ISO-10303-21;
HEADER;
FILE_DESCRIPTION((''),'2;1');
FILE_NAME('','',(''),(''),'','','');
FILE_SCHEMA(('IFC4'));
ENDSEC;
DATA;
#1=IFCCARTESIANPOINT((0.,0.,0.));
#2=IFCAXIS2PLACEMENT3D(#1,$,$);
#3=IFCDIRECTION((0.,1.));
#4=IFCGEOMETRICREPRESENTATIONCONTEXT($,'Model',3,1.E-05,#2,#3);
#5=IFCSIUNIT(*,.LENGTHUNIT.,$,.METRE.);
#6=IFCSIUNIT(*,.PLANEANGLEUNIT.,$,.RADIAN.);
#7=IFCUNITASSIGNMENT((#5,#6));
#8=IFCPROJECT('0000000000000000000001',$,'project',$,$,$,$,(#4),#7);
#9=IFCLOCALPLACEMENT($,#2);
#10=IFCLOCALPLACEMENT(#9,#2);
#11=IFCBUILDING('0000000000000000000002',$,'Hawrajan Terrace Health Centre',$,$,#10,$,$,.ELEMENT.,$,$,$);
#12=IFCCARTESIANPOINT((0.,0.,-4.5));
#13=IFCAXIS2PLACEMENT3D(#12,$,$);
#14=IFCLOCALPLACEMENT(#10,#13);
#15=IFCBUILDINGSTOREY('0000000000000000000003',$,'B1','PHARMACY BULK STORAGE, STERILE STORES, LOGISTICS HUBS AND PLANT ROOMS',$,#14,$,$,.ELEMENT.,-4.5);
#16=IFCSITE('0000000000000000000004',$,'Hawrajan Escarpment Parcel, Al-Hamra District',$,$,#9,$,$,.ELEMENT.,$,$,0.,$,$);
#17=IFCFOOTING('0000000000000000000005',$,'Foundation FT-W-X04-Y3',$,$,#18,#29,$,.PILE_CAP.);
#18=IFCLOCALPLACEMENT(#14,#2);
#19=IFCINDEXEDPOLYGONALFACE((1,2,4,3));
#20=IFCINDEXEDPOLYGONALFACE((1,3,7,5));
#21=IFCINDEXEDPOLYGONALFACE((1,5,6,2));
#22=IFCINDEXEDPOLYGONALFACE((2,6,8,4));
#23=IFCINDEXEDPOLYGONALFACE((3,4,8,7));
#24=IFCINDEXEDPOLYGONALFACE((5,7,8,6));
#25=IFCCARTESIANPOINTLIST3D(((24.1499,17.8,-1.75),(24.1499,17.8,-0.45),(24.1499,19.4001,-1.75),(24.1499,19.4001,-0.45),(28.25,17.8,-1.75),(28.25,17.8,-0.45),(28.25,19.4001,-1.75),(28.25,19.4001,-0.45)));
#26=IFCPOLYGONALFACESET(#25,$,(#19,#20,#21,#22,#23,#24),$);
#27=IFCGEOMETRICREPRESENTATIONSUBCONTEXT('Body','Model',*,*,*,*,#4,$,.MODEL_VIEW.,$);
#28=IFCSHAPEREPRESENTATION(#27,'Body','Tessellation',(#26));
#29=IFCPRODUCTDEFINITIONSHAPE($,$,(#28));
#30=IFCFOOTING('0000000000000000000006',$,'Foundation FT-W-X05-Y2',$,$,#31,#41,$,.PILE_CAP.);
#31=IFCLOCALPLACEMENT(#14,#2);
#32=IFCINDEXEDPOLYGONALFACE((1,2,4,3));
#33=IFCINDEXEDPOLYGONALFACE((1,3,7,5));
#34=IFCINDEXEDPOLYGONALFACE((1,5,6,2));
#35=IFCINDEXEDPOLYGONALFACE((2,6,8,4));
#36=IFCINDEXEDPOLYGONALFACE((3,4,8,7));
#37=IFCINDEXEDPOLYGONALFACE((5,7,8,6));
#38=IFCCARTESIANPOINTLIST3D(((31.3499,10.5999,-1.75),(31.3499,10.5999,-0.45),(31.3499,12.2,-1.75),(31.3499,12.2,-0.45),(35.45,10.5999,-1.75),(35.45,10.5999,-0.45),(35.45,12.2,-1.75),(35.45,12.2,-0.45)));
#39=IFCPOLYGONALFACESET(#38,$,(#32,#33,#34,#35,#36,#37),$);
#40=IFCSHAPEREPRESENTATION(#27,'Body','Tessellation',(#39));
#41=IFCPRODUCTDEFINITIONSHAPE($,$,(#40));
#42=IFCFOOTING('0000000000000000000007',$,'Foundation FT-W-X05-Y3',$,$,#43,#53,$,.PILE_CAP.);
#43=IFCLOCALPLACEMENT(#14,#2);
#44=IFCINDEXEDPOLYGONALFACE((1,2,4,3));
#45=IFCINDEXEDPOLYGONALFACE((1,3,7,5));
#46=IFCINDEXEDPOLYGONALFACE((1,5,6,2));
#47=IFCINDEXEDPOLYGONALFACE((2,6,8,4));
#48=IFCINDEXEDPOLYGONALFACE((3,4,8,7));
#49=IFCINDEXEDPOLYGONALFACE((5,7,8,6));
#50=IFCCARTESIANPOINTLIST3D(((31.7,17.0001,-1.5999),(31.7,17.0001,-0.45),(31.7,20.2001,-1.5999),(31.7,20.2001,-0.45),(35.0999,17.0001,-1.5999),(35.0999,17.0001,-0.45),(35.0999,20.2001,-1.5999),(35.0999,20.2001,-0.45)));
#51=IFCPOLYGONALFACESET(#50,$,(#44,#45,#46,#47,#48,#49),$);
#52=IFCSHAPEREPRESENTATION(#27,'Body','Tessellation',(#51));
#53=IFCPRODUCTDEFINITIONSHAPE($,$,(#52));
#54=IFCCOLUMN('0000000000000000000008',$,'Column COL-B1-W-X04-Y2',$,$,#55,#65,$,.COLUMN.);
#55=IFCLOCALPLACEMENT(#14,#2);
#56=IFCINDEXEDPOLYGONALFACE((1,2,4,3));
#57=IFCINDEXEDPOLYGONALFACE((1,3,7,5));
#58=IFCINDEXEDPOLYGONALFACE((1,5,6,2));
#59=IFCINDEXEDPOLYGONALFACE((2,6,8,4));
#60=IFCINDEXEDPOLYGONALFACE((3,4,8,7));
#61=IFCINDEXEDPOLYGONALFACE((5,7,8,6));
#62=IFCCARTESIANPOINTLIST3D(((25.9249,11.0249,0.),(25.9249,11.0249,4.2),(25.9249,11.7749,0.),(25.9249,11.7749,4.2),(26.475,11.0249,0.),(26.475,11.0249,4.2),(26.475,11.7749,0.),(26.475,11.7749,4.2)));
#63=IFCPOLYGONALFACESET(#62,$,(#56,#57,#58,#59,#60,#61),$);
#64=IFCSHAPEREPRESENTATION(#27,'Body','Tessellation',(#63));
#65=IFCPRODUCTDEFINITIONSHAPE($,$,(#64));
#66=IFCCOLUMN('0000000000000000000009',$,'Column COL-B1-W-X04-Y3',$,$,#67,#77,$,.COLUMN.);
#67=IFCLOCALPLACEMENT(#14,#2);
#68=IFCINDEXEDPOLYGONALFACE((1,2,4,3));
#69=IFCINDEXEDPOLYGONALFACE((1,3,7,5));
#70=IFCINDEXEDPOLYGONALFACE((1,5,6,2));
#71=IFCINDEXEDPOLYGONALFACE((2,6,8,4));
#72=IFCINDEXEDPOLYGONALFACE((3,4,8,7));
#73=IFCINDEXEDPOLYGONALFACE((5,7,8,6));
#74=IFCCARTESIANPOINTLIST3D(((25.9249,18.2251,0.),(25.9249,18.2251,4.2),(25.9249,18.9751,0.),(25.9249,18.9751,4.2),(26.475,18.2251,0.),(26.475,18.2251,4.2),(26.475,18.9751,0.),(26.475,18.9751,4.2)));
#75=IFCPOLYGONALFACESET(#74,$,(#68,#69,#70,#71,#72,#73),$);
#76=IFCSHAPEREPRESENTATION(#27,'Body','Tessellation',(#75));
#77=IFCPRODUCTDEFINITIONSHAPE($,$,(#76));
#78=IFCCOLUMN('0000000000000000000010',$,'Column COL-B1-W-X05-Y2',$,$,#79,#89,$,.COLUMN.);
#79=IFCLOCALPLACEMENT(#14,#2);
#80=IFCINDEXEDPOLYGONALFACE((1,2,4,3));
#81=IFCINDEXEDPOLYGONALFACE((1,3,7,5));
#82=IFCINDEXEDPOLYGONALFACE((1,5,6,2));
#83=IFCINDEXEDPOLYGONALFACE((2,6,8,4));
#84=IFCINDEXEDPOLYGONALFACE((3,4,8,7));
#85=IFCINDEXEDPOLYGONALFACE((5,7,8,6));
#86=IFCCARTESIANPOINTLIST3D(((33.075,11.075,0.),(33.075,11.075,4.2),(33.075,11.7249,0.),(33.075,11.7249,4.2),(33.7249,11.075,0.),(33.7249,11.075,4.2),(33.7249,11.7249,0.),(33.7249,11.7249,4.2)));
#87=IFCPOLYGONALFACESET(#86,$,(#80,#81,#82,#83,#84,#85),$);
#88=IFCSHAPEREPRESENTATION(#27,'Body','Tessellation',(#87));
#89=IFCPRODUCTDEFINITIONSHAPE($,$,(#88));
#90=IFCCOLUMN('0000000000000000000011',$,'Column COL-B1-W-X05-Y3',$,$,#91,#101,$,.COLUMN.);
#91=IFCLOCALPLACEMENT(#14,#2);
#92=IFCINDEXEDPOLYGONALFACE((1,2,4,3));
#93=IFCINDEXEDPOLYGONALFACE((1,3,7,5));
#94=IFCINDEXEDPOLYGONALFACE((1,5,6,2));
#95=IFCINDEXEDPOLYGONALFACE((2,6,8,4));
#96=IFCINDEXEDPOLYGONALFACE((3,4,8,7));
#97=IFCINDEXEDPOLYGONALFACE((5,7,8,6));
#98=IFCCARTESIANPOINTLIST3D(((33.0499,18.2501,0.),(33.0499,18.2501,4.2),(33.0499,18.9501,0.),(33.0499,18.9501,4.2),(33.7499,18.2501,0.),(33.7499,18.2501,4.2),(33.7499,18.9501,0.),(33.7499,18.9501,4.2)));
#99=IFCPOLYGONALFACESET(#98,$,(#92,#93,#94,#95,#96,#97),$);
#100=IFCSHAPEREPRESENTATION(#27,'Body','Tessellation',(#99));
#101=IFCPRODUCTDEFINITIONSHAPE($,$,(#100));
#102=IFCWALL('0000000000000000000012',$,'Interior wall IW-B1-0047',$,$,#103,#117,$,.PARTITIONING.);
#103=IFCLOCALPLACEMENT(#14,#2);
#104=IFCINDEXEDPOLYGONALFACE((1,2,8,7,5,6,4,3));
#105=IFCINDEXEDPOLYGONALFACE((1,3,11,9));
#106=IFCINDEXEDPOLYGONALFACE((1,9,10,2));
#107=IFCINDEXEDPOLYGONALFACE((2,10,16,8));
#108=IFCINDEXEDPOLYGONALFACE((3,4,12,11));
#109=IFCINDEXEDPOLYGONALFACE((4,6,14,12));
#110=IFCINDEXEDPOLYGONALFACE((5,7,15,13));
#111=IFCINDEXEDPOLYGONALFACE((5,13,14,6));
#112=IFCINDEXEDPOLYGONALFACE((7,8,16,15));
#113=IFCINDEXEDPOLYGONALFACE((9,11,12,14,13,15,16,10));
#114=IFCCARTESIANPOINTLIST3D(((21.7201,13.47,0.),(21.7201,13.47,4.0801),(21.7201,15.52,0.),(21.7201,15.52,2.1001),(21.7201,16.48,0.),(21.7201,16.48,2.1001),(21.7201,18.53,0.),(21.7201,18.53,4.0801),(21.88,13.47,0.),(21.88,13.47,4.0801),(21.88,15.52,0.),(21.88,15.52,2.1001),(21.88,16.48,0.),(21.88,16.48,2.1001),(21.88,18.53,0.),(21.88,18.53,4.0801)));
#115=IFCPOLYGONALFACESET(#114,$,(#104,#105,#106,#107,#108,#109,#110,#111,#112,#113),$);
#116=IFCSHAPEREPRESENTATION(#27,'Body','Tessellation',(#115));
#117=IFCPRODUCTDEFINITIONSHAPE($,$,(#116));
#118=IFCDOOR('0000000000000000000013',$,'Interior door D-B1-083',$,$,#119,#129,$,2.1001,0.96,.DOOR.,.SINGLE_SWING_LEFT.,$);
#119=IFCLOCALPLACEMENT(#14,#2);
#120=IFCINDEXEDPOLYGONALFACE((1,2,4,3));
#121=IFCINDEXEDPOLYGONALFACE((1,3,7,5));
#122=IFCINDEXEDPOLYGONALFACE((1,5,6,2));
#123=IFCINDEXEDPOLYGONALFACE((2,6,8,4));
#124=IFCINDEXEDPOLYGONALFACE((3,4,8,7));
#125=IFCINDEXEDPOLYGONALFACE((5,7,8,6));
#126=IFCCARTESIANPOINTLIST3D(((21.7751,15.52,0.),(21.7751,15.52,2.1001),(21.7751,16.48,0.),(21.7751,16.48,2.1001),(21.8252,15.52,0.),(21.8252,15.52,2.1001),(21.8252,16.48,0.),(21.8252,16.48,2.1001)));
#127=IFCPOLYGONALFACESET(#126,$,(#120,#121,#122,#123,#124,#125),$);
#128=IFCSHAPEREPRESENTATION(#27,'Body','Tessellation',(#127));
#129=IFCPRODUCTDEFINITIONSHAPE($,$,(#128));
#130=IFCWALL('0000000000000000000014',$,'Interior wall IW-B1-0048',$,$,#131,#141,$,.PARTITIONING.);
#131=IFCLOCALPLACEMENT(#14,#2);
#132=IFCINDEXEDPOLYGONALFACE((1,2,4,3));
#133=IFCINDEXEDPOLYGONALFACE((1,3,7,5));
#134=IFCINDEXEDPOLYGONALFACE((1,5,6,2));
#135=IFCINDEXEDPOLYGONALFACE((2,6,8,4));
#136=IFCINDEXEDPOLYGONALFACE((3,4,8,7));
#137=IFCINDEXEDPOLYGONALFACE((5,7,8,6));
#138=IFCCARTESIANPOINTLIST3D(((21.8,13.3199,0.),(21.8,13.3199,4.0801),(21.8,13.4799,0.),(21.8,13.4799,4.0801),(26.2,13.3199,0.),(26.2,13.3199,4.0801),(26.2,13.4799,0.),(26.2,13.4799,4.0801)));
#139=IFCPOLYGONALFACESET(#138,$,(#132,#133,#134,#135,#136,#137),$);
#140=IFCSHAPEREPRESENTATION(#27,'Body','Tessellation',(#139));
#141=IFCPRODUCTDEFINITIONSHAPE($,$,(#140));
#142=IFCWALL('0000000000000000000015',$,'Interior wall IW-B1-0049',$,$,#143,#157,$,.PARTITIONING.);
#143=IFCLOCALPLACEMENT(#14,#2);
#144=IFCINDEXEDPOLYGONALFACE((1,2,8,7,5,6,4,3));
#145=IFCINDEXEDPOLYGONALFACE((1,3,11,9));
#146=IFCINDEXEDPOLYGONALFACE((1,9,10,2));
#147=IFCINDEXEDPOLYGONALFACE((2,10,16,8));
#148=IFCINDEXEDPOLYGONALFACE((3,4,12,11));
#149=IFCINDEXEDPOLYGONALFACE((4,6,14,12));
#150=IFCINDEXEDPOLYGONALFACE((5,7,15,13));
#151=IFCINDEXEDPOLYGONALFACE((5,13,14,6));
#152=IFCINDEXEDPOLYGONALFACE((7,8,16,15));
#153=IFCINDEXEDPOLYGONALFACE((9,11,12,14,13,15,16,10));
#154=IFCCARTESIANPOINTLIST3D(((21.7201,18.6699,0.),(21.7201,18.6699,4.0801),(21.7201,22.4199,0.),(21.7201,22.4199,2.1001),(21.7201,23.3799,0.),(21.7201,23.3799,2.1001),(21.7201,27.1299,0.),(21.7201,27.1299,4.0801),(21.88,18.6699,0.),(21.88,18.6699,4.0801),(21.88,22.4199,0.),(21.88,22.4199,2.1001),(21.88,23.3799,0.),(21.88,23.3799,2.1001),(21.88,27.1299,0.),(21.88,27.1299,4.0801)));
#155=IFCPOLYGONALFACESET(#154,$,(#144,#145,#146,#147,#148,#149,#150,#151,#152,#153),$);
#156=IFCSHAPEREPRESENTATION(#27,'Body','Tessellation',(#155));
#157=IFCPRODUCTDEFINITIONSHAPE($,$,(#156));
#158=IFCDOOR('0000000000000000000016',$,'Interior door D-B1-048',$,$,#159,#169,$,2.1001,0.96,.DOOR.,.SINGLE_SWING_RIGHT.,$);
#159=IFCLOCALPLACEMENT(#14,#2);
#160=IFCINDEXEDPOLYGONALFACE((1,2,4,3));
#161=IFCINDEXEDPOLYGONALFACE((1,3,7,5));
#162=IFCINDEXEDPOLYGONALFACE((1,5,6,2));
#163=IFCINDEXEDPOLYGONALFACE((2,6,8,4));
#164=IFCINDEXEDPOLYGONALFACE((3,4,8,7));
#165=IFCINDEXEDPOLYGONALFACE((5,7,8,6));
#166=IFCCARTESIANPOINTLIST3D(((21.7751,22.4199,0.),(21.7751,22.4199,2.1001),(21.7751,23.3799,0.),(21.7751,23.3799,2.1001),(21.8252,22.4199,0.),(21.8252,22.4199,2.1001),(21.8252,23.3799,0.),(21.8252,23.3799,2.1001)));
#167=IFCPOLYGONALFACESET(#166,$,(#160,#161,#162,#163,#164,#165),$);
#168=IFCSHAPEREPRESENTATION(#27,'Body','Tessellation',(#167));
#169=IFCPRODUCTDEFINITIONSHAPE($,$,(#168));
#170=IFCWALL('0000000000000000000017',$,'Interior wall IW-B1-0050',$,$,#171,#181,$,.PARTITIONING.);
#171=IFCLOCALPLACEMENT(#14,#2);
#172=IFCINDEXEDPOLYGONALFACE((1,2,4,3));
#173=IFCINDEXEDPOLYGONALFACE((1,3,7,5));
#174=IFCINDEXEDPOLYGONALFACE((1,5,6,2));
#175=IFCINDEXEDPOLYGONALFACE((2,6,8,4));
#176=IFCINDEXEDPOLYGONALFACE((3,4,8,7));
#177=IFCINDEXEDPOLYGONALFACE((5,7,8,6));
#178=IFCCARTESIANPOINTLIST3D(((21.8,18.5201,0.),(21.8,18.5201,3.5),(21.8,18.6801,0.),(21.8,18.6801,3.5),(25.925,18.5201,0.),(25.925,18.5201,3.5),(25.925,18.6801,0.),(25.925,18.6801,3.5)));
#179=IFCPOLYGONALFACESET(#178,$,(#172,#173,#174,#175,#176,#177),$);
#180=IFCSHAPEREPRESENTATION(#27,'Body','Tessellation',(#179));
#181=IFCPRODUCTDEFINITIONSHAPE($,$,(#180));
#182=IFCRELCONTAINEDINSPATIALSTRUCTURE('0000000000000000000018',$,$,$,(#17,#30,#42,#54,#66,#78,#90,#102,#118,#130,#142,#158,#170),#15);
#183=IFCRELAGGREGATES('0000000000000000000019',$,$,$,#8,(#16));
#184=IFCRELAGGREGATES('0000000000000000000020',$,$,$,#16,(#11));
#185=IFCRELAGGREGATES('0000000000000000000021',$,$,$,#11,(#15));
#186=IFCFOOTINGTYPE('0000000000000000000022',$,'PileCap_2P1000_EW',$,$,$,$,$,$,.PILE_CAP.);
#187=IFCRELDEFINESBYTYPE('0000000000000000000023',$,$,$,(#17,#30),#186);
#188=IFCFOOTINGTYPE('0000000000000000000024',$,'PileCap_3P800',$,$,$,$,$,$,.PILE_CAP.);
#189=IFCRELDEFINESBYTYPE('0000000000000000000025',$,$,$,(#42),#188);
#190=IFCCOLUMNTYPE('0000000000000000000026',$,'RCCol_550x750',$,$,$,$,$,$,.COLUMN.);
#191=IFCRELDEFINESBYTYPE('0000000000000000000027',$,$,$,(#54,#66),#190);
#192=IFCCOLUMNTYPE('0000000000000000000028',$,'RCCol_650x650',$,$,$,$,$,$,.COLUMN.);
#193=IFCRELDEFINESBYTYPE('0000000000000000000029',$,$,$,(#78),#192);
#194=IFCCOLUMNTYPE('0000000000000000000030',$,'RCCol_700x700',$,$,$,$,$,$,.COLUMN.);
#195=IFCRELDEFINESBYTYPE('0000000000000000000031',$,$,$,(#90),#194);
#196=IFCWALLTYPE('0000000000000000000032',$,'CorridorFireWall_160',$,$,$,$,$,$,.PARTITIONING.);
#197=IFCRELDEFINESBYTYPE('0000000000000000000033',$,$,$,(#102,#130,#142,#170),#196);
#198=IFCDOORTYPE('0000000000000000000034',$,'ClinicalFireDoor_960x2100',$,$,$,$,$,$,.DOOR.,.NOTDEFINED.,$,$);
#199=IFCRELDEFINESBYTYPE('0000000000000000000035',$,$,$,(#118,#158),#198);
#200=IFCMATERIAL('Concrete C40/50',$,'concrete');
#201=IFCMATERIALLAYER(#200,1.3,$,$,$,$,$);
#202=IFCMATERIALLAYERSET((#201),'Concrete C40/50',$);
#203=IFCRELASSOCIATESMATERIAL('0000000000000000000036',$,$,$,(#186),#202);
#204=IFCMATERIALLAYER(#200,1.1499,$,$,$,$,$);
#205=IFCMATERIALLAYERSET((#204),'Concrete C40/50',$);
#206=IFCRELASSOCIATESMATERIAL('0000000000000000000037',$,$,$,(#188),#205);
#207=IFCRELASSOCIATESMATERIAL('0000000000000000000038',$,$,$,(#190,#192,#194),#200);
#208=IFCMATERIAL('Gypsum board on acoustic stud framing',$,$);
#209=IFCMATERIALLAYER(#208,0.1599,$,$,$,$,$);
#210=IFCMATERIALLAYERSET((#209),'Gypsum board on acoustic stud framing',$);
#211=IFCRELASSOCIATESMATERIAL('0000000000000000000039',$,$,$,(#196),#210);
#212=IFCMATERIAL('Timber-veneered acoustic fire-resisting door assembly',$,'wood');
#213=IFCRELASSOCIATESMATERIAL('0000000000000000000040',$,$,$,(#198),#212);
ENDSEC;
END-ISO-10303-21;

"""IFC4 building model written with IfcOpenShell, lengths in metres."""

from ifc_helpers import new_model, si_unit, direction, frame, frame_2d, origin, origin_2d, place, context, subcontext, project, spatial, rectangle, extrude, material, layer, layer_set, material_profile, profile_set, type_object, element, fill, save


model = new_model("IFC4")

# Units and contexts
model_context = context("Model", 3, precision=1e-05, world=origin(), true_north=direction((0.0, 1.0)))
body_context = subcontext(model_context, "Body", "Model", "MODEL_VIEW")
ifc_project = project(units=[si_unit("LENGTHUNIT", "METRE"), si_unit("PLANEANGLEUNIT", "RADIAN")], contexts=[model_context])

# Site, building, storey
site_placement = place(None, origin())
site = spatial("IfcSite", under=ifc_project, at=site_placement, Name="Hawrajan Escarpment Parcel, Al-Hamra District", CompositionType="ELEMENT", RefElevation=0.0)
building_placement = place(site_placement, origin())
building = spatial("IfcBuilding", under=site, at=building_placement, Name="Hawrajan Terrace Health Centre", CompositionType="ELEMENT")
storey_placement = place(building_placement, frame((0.0, 0.0, -4.5)))
storey = spatial("IfcBuildingStorey", under=building, at=storey_placement, Name="B1", Description="PHARMACY BULK STORAGE, STERILE STORES, LOGISTICS HUBS AND PLANT ROOMS", CompositionType="ELEMENT", Elevation=-4.5)

# Shared definitions
ifc_material_1 = material(Name="Concrete C40/50", Category="concrete")

# Footings
ifc_layer_1 = layer(ifc_material_1, 1.3)
ifc_layer_set_1 = layer_set([ifc_layer_1], Name="Concrete C40/50")
footing_type_1 = type_object("IfcFootingType", Name="PileCap_2P1000_EW", PredefinedType="PILE_CAP", material=ifc_layer_set_1)
for number, where, z_axis, x_axis, name in (
    (1, (26.2, 18.6001, -1.75), (0.0, 0.0, 1.0), (1.0, 0.0, 0.0), "Foundation FT-W-X04-Y3"),
    (2, (33.3999, 11.3999, -1.75), (0.0, 0.0, 1.0), (1.0, 0.0, 0.0), "Foundation FT-W-X05-Y2"),
):
    element("IfcFooting", number, at=place(storey_placement, frame(where, z_axis=z_axis, x_axis=x_axis)), inside=storey, type_object=footing_type_1, Name=name, PredefinedType="PILE_CAP", context=body_context, shape_type="SweptSolid", body=[
        extrude(rectangle(XDim=4.1001, YDim=1.6001, at=origin_2d()), origin(), (0.0, 0.0, 1.0), 1.3),
    ])
ifc_layer_2 = layer(ifc_material_1, 1.1499)
ifc_layer_set_2 = layer_set([ifc_layer_2], Name="Concrete C40/50")
footing_type_2 = type_object("IfcFootingType", Name="PileCap_3P800", PredefinedType="PILE_CAP", material=ifc_layer_set_2)
footing_1_placement = place(storey_placement, frame((33.3999, 18.6001, -1.5999), z_axis=(0.0, 0.0, 1.0), x_axis=(1.0, 0.0, 0.0)))
element("IfcFooting", 3, at=footing_1_placement, inside=storey, type_object=footing_type_2, Name="Foundation FT-W-X05-Y3", PredefinedType="PILE_CAP", context=body_context, shape_type="SweptSolid", body=[
    extrude(rectangle(XDim=3.3999, YDim=3.2, at=origin_2d()), origin(), (0.0, 0.0, 1.0), 1.1499),
])

# Columns
ifc_material_profile_1 = material_profile(ifc_material_1, rectangle(XDim=0.55, YDim=0.75, at=origin_2d()), Name="RC 550x750")
ifc_profile_set_1 = profile_set([ifc_material_profile_1], Name="Concrete C40/50")
column_type_1 = type_object("IfcColumnType", Name="RCCol_550x750", PredefinedType="COLUMN", material=ifc_profile_set_1)
for number, where, z_axis, x_axis, name in (
    (4, (26.2, 11.3999, 0.0), (0.0, 0.0, 1.0), (1.0, 0.0, 0.0), "Column COL-B1-W-X04-Y2"),
    (5, (26.2, 18.6001, 0.0), (0.0, 0.0, 1.0), (1.0, 0.0, 0.0), "Column COL-B1-W-X04-Y3"),
):
    element("IfcColumn", number, at=place(storey_placement, frame(where, z_axis=z_axis, x_axis=x_axis)), inside=storey, type_object=column_type_1, Name=name, PredefinedType="COLUMN", context=body_context, shape_type="SweptSolid", body=[
        extrude(rectangle(XDim=0.55, YDim=0.75, at=origin_2d()), origin(), (0.0, 0.0, 1.0), 4.2),
    ])
ifc_material_profile_2 = material_profile(ifc_material_1, rectangle(XDim=0.6499, YDim=0.6499, at=origin_2d()), Name="RC 650x650")
ifc_profile_set_2 = profile_set([ifc_material_profile_2], Name="Concrete C40/50")
column_type_2 = type_object("IfcColumnType", Name="RCCol_650x650", PredefinedType="COLUMN", material=ifc_profile_set_2)
column_1_placement = place(storey_placement, frame((33.3999, 11.3999, 0.0), z_axis=(0.0, 0.0, 1.0), x_axis=(1.0, 0.0, 0.0)))
element("IfcColumn", 6, at=column_1_placement, inside=storey, type_object=column_type_2, Name="Column COL-B1-W-X05-Y2", PredefinedType="COLUMN", context=body_context, shape_type="SweptSolid", body=[
    extrude(rectangle(XDim=0.6499, YDim=0.6499, at=origin_2d()), origin(), (0.0, 0.0, 1.0), 4.2),
])
ifc_material_profile_3 = material_profile(ifc_material_1, rectangle(XDim=0.7, YDim=0.7, at=origin_2d()), Name="RC 700x700")
ifc_profile_set_3 = profile_set([ifc_material_profile_3], Name="Concrete C40/50")
column_type_3 = type_object("IfcColumnType", Name="RCCol_700x700", PredefinedType="COLUMN", material=ifc_profile_set_3)
column_2_placement = place(storey_placement, frame((33.3999, 18.6001, 0.0), z_axis=(0.0, 0.0, 1.0), x_axis=(1.0, 0.0, 0.0)))
element("IfcColumn", 7, at=column_2_placement, inside=storey, type_object=column_type_3, Name="Column COL-B1-W-X05-Y3", PredefinedType="COLUMN", context=body_context, shape_type="SweptSolid", body=[
    extrude(rectangle(XDim=0.7, YDim=0.7, at=origin_2d()), origin(), (0.0, 0.0, 1.0), 4.2),
])

# Wall, opening, door
ifc_material_2 = material(Name="Gypsum board on acoustic stud framing")
ifc_layer_3 = layer(ifc_material_2, 0.1599)
ifc_layer_set_3 = layer_set([ifc_layer_3], Name="Gypsum board on acoustic stud framing")
wall_type_1 = type_object("IfcWallType", Name="CorridorFireWall_160", PredefinedType="PARTITIONING", material=ifc_layer_set_3)
wall_1_placement = place(storey_placement, frame((21.8, 13.47, 0.0), z_axis=(0.0, 0.0, 1.0), x_axis=(0.0, 1.0, 0.0)))
wall_1 = element("IfcWall", 8, at=wall_1_placement, inside=storey, type_object=wall_type_1, Name="Interior wall IW-B1-0047", PredefinedType="PARTITIONING", context=body_context, shape_type="SweptSolid", body=[
    extrude(rectangle(XDim=5.0601, YDim=0.1599, at=frame_2d((2.53, 0.0))), origin(), (0.0, 0.0, 1.0), 4.0801),
])
opening_1_placement = place(wall_1_placement, frame((2.05, 0.0, 0.0)))
opening_1 = element("IfcOpeningElement", 9, at=opening_1_placement, cuts=wall_1, PredefinedType="OPENING", context=body_context, shape_type="SweptSolid", body=[
    extrude(rectangle(XDim=0.96, YDim=2.1001, at=frame_2d((0.48, 1.05))), frame((0.0, 0.0898, 0.0), z_axis=(0.0, -1.0, 0.0), x_axis=(1.0, 0.0, 0.0)), (0.0, 0.0, 1.0), 0.1799),
])
ifc_material_3 = material(Name="Timber-veneered acoustic fire-resisting door assembly", Category="wood")
door_type = type_object("IfcDoorType", Name="ClinicalFireDoor_960x2100", OperationType="NOTDEFINED", PredefinedType="DOOR", material=ifc_material_3)
door_1_placement = place(opening_1_placement, origin())
door_1 = element("IfcDoor", 10, at=door_1_placement, inside=storey, type_object=door_type, Name="Interior door D-B1-083", OperationType="SINGLE_SWING_LEFT", OverallHeight=2.1001, OverallWidth=0.96, PredefinedType="DOOR", context=body_context, shape_type="SweptSolid", body=[
    extrude(rectangle(XDim=0.96, YDim=2.1001, at=frame_2d((0.48, 1.05))), frame((0.0, 0.0249, 0.0), z_axis=(0.0, -1.0, 0.0), x_axis=(1.0, 0.0, 0.0)), (0.0, 0.0, 1.0), 0.05),
])
fill(opening_1, door_1)

# Wall
wall_2_placement = place(storey_placement, frame((21.8, 13.3999, 0.0), z_axis=(0.0, 0.0, 1.0), x_axis=(1.0, 0.0, 0.0)))
element("IfcWall", 11, at=wall_2_placement, inside=storey, type_object=wall_type_1, Name="Interior wall IW-B1-0048", PredefinedType="PARTITIONING", context=body_context, shape_type="SweptSolid", body=[
    extrude(rectangle(XDim=4.3999, YDim=0.1599, at=frame_2d((2.2, 0.0))), origin(), (0.0, 0.0, 1.0), 4.0801),
])

# Wall, opening, door
wall_3_placement = place(storey_placement, frame((21.8, 18.6699, 0.0), z_axis=(0.0, 0.0, 1.0), x_axis=(0.0, 1.0, 0.0)))
wall_3 = element("IfcWall", 12, at=wall_3_placement, inside=storey, type_object=wall_type_1, Name="Interior wall IW-B1-0049", PredefinedType="PARTITIONING", context=body_context, shape_type="SweptSolid", body=[
    extrude(rectangle(XDim=8.46, YDim=0.1599, at=frame_2d((4.23, 0.0))), origin(), (0.0, 0.0, 1.0), 4.0801),
])
opening_2_placement = place(wall_3_placement, frame((3.75, 0.0, 0.0)))
opening_2 = element("IfcOpeningElement", 13, at=opening_2_placement, cuts=wall_3, PredefinedType="OPENING", context=body_context, shape_type="SweptSolid", body=[
    extrude(rectangle(XDim=0.96, YDim=2.1001, at=frame_2d((0.48, 1.05))), frame((0.0, 0.0898, 0.0), z_axis=(0.0, -1.0, 0.0), x_axis=(1.0, 0.0, 0.0)), (0.0, 0.0, 1.0), 0.1799),
])
door_2_placement = place(opening_2_placement, origin())
door_2 = element("IfcDoor", 14, at=door_2_placement, inside=storey, type_object=door_type, Name="Interior door D-B1-048", OperationType="SINGLE_SWING_RIGHT", OverallHeight=2.1001, OverallWidth=0.96, PredefinedType="DOOR", context=body_context, shape_type="SweptSolid", body=[
    extrude(rectangle(XDim=0.96, YDim=2.1001, at=frame_2d((0.48, 1.05))), frame((0.0, 0.0249, 0.0), z_axis=(0.0, -1.0, 0.0), x_axis=(1.0, 0.0, 0.0)), (0.0, 0.0, 1.0), 0.05),
])
fill(opening_2, door_2)

# Wall
wall_4_placement = place(storey_placement, frame((21.8, 18.6001, 0.0), z_axis=(0.0, 0.0, 1.0), x_axis=(1.0, 0.0, 0.0)))
element("IfcWall", 15, at=wall_4_placement, inside=storey, type_object=wall_type_1, Name="Interior wall IW-B1-0050", PredefinedType="PARTITIONING", context=body_context, shape_type="SweptSolid", body=[
    extrude(rectangle(XDim=4.125, YDim=0.1599, at=frame_2d((2.0625, 0.0))), origin(), (0.0, 0.0, 1.0), 3.5),
])

save(model, "model.ifc")
